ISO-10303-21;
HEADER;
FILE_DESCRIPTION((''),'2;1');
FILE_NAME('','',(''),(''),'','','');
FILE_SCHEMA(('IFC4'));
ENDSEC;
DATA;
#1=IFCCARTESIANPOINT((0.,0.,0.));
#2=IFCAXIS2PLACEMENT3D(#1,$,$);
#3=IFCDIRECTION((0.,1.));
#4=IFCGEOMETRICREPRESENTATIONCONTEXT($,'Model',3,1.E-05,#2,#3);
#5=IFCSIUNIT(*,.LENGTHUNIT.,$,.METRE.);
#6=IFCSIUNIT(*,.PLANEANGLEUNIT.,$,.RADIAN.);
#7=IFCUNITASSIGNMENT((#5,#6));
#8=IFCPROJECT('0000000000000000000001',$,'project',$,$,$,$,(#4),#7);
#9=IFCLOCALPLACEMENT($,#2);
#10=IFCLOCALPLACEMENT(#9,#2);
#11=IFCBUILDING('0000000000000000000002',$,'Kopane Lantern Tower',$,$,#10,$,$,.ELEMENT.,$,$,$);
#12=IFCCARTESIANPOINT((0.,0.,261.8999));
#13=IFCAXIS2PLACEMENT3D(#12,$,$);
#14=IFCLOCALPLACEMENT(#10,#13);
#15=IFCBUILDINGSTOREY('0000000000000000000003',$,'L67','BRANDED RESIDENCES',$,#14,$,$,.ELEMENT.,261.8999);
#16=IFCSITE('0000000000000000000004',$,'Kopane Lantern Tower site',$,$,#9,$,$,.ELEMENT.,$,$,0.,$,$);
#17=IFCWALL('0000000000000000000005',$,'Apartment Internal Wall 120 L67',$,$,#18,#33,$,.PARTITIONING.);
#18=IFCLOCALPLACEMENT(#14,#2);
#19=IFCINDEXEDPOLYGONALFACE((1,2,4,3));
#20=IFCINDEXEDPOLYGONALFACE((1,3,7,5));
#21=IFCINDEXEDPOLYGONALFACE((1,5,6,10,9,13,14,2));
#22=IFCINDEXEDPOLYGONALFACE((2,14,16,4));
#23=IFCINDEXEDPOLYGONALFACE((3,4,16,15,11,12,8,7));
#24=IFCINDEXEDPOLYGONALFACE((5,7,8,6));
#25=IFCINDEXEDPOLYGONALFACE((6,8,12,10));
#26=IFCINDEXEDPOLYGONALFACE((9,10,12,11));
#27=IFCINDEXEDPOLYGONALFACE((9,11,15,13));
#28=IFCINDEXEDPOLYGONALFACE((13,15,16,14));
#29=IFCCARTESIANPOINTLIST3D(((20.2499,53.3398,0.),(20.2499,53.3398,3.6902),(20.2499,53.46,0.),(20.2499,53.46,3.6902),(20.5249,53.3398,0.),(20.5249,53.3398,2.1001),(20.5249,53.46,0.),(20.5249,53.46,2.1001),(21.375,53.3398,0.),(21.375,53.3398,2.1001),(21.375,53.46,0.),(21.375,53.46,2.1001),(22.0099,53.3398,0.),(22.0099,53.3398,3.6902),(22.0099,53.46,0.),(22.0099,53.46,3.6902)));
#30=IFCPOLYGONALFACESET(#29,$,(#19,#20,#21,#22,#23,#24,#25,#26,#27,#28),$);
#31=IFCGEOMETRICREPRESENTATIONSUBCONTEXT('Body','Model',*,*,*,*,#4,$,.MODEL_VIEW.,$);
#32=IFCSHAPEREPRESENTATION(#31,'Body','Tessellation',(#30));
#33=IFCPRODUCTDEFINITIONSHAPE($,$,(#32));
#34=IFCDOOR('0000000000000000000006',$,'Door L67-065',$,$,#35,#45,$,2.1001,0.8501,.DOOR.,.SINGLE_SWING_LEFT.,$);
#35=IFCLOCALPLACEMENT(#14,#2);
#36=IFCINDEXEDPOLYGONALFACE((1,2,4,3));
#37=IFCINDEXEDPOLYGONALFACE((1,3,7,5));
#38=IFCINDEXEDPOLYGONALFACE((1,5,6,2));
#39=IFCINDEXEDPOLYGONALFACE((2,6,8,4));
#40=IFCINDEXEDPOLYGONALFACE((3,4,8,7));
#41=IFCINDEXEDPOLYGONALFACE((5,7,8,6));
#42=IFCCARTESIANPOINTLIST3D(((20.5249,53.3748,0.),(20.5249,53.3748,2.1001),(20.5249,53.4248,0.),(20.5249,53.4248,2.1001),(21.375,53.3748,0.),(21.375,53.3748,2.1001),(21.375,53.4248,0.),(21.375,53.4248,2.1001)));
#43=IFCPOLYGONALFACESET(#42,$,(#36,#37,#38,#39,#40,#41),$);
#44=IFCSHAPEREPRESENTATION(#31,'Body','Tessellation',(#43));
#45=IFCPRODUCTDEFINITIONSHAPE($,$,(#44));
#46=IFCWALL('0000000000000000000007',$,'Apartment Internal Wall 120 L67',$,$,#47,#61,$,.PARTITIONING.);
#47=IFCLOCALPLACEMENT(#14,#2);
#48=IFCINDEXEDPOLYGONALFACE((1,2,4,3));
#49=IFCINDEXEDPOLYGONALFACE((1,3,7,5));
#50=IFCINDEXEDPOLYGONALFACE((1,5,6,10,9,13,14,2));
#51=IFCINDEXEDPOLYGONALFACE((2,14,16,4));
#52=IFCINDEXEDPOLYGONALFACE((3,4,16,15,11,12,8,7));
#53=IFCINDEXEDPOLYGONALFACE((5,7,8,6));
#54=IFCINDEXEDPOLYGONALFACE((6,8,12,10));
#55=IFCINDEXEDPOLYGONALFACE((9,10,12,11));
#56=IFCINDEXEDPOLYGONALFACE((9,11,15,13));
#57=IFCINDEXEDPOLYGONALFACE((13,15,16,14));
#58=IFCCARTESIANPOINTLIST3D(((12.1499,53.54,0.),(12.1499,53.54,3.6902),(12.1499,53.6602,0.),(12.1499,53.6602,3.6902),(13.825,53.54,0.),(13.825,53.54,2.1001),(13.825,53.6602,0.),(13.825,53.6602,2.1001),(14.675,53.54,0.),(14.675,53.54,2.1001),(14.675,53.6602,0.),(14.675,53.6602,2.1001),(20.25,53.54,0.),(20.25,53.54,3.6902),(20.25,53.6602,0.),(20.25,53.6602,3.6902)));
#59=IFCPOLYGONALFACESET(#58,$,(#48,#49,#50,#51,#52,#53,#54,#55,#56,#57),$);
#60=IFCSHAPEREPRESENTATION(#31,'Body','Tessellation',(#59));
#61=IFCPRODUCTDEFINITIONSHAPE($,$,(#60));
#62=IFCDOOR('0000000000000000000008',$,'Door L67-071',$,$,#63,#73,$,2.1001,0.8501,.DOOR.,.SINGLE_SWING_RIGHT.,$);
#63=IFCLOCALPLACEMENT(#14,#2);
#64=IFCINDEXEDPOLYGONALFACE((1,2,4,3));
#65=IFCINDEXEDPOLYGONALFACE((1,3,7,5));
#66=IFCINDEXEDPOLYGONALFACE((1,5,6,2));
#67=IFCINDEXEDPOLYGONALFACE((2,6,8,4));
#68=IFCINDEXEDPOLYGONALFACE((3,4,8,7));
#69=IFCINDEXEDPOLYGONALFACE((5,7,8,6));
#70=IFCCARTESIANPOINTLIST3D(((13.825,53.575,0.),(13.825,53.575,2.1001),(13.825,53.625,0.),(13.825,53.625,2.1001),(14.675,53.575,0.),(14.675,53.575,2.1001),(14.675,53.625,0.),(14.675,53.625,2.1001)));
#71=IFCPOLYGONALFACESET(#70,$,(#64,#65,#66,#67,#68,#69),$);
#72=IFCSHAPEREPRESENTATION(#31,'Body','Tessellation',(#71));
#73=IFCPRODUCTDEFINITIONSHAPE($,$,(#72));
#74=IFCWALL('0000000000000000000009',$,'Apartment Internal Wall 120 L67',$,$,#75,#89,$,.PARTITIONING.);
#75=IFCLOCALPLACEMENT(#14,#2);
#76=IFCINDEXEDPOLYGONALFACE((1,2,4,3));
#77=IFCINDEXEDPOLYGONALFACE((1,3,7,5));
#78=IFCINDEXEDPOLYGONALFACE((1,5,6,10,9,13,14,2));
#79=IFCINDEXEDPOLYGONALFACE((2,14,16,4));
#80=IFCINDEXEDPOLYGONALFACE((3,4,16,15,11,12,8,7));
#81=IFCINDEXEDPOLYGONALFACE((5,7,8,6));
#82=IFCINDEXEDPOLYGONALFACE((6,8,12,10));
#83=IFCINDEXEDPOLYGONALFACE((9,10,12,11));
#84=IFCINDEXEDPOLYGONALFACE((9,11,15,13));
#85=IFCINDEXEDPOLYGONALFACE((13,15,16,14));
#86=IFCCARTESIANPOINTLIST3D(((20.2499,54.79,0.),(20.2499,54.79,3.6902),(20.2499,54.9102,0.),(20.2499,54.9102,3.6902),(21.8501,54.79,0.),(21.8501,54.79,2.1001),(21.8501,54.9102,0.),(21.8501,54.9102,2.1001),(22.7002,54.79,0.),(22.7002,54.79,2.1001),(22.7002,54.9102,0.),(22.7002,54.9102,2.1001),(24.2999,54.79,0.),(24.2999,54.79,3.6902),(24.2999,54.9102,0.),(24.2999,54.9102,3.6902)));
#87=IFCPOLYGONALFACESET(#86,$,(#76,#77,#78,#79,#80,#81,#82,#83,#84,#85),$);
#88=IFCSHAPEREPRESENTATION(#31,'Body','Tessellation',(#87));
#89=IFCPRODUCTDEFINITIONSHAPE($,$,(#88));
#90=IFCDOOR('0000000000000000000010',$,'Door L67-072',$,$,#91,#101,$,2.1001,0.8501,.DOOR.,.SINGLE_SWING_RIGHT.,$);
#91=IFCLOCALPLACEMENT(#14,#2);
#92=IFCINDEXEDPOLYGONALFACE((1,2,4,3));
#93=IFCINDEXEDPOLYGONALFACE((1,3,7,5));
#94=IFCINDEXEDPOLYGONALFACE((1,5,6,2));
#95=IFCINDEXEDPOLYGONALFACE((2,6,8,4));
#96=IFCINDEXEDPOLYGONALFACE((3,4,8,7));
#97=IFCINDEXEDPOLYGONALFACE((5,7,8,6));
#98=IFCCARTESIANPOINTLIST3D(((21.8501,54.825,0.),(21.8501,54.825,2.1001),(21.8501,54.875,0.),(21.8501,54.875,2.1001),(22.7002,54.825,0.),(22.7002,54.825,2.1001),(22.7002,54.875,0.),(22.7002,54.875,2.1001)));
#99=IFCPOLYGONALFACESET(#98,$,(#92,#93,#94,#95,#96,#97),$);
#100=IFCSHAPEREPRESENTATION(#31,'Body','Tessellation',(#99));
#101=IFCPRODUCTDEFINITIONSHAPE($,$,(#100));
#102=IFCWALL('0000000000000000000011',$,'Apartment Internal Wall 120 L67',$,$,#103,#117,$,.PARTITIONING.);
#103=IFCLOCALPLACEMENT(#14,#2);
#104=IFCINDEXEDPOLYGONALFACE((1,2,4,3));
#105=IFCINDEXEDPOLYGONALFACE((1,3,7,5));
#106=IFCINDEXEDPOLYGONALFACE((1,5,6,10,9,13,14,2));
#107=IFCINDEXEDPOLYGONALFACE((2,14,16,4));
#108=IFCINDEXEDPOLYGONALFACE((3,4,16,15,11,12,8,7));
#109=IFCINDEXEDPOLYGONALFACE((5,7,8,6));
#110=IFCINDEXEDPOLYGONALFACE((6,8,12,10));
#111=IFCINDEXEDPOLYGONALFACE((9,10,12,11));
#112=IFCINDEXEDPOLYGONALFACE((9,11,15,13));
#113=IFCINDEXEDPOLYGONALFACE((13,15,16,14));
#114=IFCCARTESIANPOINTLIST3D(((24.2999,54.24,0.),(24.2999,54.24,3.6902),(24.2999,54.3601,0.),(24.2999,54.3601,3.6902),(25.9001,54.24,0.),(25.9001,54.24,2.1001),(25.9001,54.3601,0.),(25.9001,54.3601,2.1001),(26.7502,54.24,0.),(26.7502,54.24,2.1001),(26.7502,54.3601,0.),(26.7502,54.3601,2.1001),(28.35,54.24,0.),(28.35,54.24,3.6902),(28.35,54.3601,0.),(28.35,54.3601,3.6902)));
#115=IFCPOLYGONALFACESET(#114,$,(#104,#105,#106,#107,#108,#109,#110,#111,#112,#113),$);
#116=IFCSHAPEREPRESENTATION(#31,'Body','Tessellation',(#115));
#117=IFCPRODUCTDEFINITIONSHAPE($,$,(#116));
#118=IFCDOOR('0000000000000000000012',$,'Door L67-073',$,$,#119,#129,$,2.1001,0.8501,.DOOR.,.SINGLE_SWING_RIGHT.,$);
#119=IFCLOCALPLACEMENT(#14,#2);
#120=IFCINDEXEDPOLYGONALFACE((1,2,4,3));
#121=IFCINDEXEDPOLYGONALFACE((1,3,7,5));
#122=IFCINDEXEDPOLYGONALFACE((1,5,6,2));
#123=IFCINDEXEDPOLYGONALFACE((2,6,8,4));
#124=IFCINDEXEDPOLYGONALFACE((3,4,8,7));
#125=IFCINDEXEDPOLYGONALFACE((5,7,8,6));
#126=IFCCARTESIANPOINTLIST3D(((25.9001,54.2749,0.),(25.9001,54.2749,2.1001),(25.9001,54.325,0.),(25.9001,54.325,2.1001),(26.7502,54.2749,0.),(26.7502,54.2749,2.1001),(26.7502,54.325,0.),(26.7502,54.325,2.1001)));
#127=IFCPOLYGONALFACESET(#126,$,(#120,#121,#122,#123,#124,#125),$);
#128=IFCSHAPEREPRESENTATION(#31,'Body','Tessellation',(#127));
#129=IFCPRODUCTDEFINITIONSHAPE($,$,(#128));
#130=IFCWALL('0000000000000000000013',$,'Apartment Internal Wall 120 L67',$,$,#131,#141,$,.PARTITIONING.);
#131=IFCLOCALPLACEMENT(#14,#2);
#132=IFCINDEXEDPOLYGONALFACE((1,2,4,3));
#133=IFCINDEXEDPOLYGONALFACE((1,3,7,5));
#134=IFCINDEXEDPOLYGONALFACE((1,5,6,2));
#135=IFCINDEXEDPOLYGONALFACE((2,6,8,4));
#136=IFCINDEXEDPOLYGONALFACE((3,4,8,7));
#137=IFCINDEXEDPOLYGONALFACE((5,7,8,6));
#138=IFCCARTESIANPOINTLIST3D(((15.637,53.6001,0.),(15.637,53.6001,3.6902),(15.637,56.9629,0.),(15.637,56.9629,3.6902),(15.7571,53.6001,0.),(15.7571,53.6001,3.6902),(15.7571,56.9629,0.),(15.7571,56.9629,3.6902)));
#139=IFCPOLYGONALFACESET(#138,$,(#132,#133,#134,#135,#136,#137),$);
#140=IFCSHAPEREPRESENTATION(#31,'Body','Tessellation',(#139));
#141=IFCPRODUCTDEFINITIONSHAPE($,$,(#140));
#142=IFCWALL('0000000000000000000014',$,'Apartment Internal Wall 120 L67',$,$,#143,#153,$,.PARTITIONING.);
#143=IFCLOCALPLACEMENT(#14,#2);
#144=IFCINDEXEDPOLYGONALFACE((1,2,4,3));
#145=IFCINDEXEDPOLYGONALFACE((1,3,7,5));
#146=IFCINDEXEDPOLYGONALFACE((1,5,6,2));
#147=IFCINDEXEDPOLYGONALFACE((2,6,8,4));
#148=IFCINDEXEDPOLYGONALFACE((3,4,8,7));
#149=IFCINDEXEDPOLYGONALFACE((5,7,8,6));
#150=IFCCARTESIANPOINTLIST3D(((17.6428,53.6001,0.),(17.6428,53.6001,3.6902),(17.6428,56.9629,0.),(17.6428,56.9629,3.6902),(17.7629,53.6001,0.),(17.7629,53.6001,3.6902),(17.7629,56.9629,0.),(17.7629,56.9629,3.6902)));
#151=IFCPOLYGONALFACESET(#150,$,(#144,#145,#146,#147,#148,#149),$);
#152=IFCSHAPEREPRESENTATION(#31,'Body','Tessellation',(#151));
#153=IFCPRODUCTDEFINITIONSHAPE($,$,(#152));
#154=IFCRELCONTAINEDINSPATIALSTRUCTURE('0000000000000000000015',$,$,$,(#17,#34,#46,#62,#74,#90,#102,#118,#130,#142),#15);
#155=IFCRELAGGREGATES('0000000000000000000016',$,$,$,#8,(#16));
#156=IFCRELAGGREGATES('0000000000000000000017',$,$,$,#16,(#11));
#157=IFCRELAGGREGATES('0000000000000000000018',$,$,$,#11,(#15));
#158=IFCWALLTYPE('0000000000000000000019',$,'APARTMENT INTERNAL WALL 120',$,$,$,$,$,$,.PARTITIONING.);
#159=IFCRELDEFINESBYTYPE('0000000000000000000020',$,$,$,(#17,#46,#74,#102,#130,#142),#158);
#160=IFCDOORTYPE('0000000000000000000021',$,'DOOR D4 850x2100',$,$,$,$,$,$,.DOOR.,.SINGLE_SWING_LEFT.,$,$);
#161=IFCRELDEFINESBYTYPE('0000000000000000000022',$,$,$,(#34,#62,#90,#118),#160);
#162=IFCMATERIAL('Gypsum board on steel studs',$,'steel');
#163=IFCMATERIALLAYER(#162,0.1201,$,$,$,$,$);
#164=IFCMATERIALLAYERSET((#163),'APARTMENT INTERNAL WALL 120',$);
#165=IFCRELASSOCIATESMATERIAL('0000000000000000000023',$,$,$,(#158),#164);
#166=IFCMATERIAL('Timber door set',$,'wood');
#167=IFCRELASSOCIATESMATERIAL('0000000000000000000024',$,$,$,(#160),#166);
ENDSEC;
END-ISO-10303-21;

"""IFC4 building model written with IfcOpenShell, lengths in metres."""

from ifc_helpers import new_model, si_unit, direction, frame, frame_2d, origin, place, context, subcontext, project, spatial, rectangle, extrude, material, layer, layer_set, type_object, element, fill, save


model = new_model("IFC4")

# Units and contexts
model_context = context("Model", 3, precision=1e-05, world=origin(), true_north=direction((0.0, 1.0)))
body_context = subcontext(model_context, "Body", "Model", "MODEL_VIEW")
ifc_project = project(units=[si_unit("LENGTHUNIT", "METRE"), si_unit("PLANEANGLEUNIT", "RADIAN")], contexts=[model_context])

# Site, building, storey
site_placement = place(None, origin())
site = spatial("IfcSite", under=ifc_project, at=site_placement, Name="Kopane Lantern Tower site", CompositionType="ELEMENT", RefElevation=0.0)
building_placement = place(site_placement, origin())
building = spatial("IfcBuilding", under=site, at=building_placement, Name="Kopane Lantern Tower", CompositionType="ELEMENT")
storey_placement = place(building_placement, frame((0.0, 0.0, 261.8999)))
storey = spatial("IfcBuildingStorey", under=building, at=storey_placement, Name="L67", Description="BRANDED RESIDENCES", CompositionType="ELEMENT", Elevation=261.8999)

# Shared definitions
ifc_material_1 = material(Name="Gypsum board on steel studs", Category="steel")
ifc_layer_1 = layer(ifc_material_1, 0.1201)
ifc_layer_set_1 = layer_set([ifc_layer_1], Name="APARTMENT INTERNAL WALL 120")
wall_type_1 = type_object("IfcWallType", Name="APARTMENT INTERNAL WALL 120", PredefinedType="PARTITIONING", material=ifc_layer_set_1)

# Walls, openings, doors
wall_1_placement = place(storey_placement, frame((20.25, 53.3999, 0.0), z_axis=(0.0, 0.0, 1.0), x_axis=(1.0, 0.0, 0.0)))
wall_1 = element("IfcWall", 1, at=wall_1_placement, inside=storey, type_object=wall_type_1, Name="Apartment Internal Wall 120 L67", PredefinedType="PARTITIONING", context=body_context, shape_type="SweptSolid", body=[
    extrude(rectangle(XDim=1.76, YDim=0.1201, at=frame_2d((0.8799, 0.0))), origin(), (0.0, 0.0, 1.0), 3.6902),
])
opening_1_placement = place(wall_1_placement, frame((0.2749, 0.0, 0.0)))
opening_1 = element("IfcOpeningElement", 2, at=opening_1_placement, cuts=wall_1, PredefinedType="OPENING", context=body_context, shape_type="SweptSolid", body=[
    extrude(rectangle(XDim=0.8501, YDim=2.1001, at=frame_2d((0.425, 1.05))), frame((0.0, 0.0701, 0.0), z_axis=(0.0, -1.0, 0.0), x_axis=(1.0, 0.0, 0.0)), (0.0, 0.0, 1.0), 0.1401),
])
ifc_material_2 = material(Name="Timber door set", Category="wood")
door_type_1 = type_object("IfcDoorType", Name="DOOR D4 850x2100", OperationType="SINGLE_SWING_LEFT", PredefinedType="DOOR", material=ifc_material_2)
door_1_placement = place(opening_1_placement, origin())
door_1 = element("IfcDoor", 3, at=door_1_placement, inside=storey, type_object=door_type_1, Name="Door L67-065", OperationType="SINGLE_SWING_LEFT", OverallHeight=2.1001, OverallWidth=0.8501, PredefinedType="DOOR", context=body_context, shape_type="SweptSolid", body=[
    extrude(rectangle(XDim=0.8501, YDim=2.1001, at=frame_2d((0.425, 1.05))), frame((0.0, 0.0249, 0.0), z_axis=(0.0, -1.0, 0.0), x_axis=(1.0, 0.0, 0.0)), (0.0, 0.0, 1.0), 0.05),
])
fill(opening_1, door_1)
wall_2_placement = place(storey_placement, frame((12.1499, 53.6001, 0.0), z_axis=(0.0, 0.0, 1.0), x_axis=(1.0, 0.0, 0.0)))
wall_2 = element("IfcWall", 4, at=wall_2_placement, inside=storey, type_object=wall_type_1, Name="Apartment Internal Wall 120 L67", PredefinedType="PARTITIONING", context=body_context, shape_type="SweptSolid", body=[
    extrude(rectangle(XDim=8.1001, YDim=0.1201, at=frame_2d((4.05, 0.0))), origin(), (0.0, 0.0, 1.0), 3.6902),
])
opening_2_placement = place(wall_2_placement, frame((1.675, 0.0, 0.0)))
opening_2 = element("IfcOpeningElement", 5, at=opening_2_placement, cuts=wall_2, PredefinedType="OPENING", context=body_context, shape_type="SweptSolid", body=[
    extrude(rectangle(XDim=0.8501, YDim=2.1001, at=frame_2d((0.425, 1.05))), frame((0.0, 0.0701, 0.0), z_axis=(0.0, -1.0, 0.0), x_axis=(1.0, 0.0, 0.0)), (0.0, 0.0, 1.0), 0.1401),
])
door_2_placement = place(opening_2_placement, origin())
door_2 = element("IfcDoor", 6, at=door_2_placement, inside=storey, type_object=door_type_1, Name="Door L67-071", OperationType="SINGLE_SWING_RIGHT", OverallHeight=2.1001, OverallWidth=0.8501, PredefinedType="DOOR", context=body_context, shape_type="SweptSolid", body=[
    extrude(rectangle(XDim=0.8501, YDim=2.1001, at=frame_2d((0.425, 1.05))), frame((0.0, 0.0249, 0.0), z_axis=(0.0, -1.0, 0.0), x_axis=(1.0, 0.0, 0.0)), (0.0, 0.0, 1.0), 0.05),
])
fill(opening_2, door_2)
wall_3_placement = place(storey_placement, frame((20.25, 54.8501, 0.0), z_axis=(0.0, 0.0, 1.0), x_axis=(1.0, 0.0, 0.0)))
wall_3 = element("IfcWall", 7, at=wall_3_placement, inside=storey, type_object=wall_type_1, Name="Apartment Internal Wall 120 L67", PredefinedType="PARTITIONING", context=body_context, shape_type="SweptSolid", body=[
    extrude(rectangle(XDim=4.05, YDim=0.1201, at=frame_2d((2.0249, 0.0))), origin(), (0.0, 0.0, 1.0), 3.6902),
])
opening_3_placement = place(wall_3_placement, frame((1.6001, 0.0, 0.0)))
opening_3 = element("IfcOpeningElement", 8, at=opening_3_placement, cuts=wall_3, PredefinedType="OPENING", context=body_context, shape_type="SweptSolid", body=[
    extrude(rectangle(XDim=0.8501, YDim=2.1001, at=frame_2d((0.425, 1.05))), frame((0.0, 0.0701, 0.0), z_axis=(0.0, -1.0, 0.0), x_axis=(1.0, 0.0, 0.0)), (0.0, 0.0, 1.0), 0.1401),
])
door_3_placement = place(opening_3_placement, origin())
door_3 = element("IfcDoor", 9, at=door_3_placement, inside=storey, type_object=door_type_1, Name="Door L67-072", OperationType="SINGLE_SWING_RIGHT", OverallHeight=2.1001, OverallWidth=0.8501, PredefinedType="DOOR", context=body_context, shape_type="SweptSolid", body=[
    extrude(rectangle(XDim=0.8501, YDim=2.1001, at=frame_2d((0.425, 1.05))), frame((0.0, 0.0249, 0.0), z_axis=(0.0, -1.0, 0.0), x_axis=(1.0, 0.0, 0.0)), (0.0, 0.0, 1.0), 0.05),
])
fill(opening_3, door_3)
wall_4_placement = place(storey_placement, frame((24.3, 54.3, 0.0), z_axis=(0.0, 0.0, 1.0), x_axis=(1.0, 0.0, 0.0)))
wall_4 = element("IfcWall", 10, at=wall_4_placement, inside=storey, type_object=wall_type_1, Name="Apartment Internal Wall 120 L67", PredefinedType="PARTITIONING", context=body_context, shape_type="SweptSolid", body=[
    extrude(rectangle(XDim=4.05, YDim=0.1201, at=frame_2d((2.0249, 0.0))), origin(), (0.0, 0.0, 1.0), 3.6902),
])
opening_4_placement = place(wall_4_placement, frame((1.6001, 0.0, 0.0)))
opening_4 = element("IfcOpeningElement", 11, at=opening_4_placement, cuts=wall_4, PredefinedType="OPENING", context=body_context, shape_type="SweptSolid", body=[
    extrude(rectangle(XDim=0.8501, YDim=2.1001, at=frame_2d((0.425, 1.05))), frame((0.0, 0.0701, 0.0), z_axis=(0.0, -1.0, 0.0), x_axis=(1.0, 0.0, 0.0)), (0.0, 0.0, 1.0), 0.1401),
])
door_4_placement = place(opening_4_placement, origin())
door_4 = element("IfcDoor", 12, at=door_4_placement, inside=storey, type_object=door_type_1, Name="Door L67-073", OperationType="SINGLE_SWING_RIGHT", OverallHeight=2.1001, OverallWidth=0.8501, PredefinedType="DOOR", context=body_context, shape_type="SweptSolid", body=[
    extrude(rectangle(XDim=0.8501, YDim=2.1001, at=frame_2d((0.425, 1.05))), frame((0.0, 0.0249, 0.0), z_axis=(0.0, -1.0, 0.0), x_axis=(1.0, 0.0, 0.0)), (0.0, 0.0, 1.0), 0.05),
])
fill(opening_4, door_4)

# Walls
for number, where, z_axis, x_axis, name in (
    (13, (15.697, 53.6001, 0.0), (0.0, 0.0, 1.0), (0.0, 1.0, 0.0), "Apartment Internal Wall 120 L67"),
    (14, (17.7029, 53.6001, 0.0), (0.0, 0.0, 1.0), (0.0, 1.0, 0.0), "Apartment Internal Wall 120 L67"),
):
    element("IfcWall", number, at=place(storey_placement, frame(where, z_axis=z_axis, x_axis=x_axis)), inside=storey, type_object=wall_type_1, Name=name, PredefinedType="PARTITIONING", context=body_context, shape_type="SweptSolid", body=[
        extrude(rectangle(XDim=3.3628, YDim=0.1201, at=frame_2d((1.6814, 0.0))), origin(), (0.0, 0.0, 1.0), 3.6902),
    ])

save(model, "model.ifc")
